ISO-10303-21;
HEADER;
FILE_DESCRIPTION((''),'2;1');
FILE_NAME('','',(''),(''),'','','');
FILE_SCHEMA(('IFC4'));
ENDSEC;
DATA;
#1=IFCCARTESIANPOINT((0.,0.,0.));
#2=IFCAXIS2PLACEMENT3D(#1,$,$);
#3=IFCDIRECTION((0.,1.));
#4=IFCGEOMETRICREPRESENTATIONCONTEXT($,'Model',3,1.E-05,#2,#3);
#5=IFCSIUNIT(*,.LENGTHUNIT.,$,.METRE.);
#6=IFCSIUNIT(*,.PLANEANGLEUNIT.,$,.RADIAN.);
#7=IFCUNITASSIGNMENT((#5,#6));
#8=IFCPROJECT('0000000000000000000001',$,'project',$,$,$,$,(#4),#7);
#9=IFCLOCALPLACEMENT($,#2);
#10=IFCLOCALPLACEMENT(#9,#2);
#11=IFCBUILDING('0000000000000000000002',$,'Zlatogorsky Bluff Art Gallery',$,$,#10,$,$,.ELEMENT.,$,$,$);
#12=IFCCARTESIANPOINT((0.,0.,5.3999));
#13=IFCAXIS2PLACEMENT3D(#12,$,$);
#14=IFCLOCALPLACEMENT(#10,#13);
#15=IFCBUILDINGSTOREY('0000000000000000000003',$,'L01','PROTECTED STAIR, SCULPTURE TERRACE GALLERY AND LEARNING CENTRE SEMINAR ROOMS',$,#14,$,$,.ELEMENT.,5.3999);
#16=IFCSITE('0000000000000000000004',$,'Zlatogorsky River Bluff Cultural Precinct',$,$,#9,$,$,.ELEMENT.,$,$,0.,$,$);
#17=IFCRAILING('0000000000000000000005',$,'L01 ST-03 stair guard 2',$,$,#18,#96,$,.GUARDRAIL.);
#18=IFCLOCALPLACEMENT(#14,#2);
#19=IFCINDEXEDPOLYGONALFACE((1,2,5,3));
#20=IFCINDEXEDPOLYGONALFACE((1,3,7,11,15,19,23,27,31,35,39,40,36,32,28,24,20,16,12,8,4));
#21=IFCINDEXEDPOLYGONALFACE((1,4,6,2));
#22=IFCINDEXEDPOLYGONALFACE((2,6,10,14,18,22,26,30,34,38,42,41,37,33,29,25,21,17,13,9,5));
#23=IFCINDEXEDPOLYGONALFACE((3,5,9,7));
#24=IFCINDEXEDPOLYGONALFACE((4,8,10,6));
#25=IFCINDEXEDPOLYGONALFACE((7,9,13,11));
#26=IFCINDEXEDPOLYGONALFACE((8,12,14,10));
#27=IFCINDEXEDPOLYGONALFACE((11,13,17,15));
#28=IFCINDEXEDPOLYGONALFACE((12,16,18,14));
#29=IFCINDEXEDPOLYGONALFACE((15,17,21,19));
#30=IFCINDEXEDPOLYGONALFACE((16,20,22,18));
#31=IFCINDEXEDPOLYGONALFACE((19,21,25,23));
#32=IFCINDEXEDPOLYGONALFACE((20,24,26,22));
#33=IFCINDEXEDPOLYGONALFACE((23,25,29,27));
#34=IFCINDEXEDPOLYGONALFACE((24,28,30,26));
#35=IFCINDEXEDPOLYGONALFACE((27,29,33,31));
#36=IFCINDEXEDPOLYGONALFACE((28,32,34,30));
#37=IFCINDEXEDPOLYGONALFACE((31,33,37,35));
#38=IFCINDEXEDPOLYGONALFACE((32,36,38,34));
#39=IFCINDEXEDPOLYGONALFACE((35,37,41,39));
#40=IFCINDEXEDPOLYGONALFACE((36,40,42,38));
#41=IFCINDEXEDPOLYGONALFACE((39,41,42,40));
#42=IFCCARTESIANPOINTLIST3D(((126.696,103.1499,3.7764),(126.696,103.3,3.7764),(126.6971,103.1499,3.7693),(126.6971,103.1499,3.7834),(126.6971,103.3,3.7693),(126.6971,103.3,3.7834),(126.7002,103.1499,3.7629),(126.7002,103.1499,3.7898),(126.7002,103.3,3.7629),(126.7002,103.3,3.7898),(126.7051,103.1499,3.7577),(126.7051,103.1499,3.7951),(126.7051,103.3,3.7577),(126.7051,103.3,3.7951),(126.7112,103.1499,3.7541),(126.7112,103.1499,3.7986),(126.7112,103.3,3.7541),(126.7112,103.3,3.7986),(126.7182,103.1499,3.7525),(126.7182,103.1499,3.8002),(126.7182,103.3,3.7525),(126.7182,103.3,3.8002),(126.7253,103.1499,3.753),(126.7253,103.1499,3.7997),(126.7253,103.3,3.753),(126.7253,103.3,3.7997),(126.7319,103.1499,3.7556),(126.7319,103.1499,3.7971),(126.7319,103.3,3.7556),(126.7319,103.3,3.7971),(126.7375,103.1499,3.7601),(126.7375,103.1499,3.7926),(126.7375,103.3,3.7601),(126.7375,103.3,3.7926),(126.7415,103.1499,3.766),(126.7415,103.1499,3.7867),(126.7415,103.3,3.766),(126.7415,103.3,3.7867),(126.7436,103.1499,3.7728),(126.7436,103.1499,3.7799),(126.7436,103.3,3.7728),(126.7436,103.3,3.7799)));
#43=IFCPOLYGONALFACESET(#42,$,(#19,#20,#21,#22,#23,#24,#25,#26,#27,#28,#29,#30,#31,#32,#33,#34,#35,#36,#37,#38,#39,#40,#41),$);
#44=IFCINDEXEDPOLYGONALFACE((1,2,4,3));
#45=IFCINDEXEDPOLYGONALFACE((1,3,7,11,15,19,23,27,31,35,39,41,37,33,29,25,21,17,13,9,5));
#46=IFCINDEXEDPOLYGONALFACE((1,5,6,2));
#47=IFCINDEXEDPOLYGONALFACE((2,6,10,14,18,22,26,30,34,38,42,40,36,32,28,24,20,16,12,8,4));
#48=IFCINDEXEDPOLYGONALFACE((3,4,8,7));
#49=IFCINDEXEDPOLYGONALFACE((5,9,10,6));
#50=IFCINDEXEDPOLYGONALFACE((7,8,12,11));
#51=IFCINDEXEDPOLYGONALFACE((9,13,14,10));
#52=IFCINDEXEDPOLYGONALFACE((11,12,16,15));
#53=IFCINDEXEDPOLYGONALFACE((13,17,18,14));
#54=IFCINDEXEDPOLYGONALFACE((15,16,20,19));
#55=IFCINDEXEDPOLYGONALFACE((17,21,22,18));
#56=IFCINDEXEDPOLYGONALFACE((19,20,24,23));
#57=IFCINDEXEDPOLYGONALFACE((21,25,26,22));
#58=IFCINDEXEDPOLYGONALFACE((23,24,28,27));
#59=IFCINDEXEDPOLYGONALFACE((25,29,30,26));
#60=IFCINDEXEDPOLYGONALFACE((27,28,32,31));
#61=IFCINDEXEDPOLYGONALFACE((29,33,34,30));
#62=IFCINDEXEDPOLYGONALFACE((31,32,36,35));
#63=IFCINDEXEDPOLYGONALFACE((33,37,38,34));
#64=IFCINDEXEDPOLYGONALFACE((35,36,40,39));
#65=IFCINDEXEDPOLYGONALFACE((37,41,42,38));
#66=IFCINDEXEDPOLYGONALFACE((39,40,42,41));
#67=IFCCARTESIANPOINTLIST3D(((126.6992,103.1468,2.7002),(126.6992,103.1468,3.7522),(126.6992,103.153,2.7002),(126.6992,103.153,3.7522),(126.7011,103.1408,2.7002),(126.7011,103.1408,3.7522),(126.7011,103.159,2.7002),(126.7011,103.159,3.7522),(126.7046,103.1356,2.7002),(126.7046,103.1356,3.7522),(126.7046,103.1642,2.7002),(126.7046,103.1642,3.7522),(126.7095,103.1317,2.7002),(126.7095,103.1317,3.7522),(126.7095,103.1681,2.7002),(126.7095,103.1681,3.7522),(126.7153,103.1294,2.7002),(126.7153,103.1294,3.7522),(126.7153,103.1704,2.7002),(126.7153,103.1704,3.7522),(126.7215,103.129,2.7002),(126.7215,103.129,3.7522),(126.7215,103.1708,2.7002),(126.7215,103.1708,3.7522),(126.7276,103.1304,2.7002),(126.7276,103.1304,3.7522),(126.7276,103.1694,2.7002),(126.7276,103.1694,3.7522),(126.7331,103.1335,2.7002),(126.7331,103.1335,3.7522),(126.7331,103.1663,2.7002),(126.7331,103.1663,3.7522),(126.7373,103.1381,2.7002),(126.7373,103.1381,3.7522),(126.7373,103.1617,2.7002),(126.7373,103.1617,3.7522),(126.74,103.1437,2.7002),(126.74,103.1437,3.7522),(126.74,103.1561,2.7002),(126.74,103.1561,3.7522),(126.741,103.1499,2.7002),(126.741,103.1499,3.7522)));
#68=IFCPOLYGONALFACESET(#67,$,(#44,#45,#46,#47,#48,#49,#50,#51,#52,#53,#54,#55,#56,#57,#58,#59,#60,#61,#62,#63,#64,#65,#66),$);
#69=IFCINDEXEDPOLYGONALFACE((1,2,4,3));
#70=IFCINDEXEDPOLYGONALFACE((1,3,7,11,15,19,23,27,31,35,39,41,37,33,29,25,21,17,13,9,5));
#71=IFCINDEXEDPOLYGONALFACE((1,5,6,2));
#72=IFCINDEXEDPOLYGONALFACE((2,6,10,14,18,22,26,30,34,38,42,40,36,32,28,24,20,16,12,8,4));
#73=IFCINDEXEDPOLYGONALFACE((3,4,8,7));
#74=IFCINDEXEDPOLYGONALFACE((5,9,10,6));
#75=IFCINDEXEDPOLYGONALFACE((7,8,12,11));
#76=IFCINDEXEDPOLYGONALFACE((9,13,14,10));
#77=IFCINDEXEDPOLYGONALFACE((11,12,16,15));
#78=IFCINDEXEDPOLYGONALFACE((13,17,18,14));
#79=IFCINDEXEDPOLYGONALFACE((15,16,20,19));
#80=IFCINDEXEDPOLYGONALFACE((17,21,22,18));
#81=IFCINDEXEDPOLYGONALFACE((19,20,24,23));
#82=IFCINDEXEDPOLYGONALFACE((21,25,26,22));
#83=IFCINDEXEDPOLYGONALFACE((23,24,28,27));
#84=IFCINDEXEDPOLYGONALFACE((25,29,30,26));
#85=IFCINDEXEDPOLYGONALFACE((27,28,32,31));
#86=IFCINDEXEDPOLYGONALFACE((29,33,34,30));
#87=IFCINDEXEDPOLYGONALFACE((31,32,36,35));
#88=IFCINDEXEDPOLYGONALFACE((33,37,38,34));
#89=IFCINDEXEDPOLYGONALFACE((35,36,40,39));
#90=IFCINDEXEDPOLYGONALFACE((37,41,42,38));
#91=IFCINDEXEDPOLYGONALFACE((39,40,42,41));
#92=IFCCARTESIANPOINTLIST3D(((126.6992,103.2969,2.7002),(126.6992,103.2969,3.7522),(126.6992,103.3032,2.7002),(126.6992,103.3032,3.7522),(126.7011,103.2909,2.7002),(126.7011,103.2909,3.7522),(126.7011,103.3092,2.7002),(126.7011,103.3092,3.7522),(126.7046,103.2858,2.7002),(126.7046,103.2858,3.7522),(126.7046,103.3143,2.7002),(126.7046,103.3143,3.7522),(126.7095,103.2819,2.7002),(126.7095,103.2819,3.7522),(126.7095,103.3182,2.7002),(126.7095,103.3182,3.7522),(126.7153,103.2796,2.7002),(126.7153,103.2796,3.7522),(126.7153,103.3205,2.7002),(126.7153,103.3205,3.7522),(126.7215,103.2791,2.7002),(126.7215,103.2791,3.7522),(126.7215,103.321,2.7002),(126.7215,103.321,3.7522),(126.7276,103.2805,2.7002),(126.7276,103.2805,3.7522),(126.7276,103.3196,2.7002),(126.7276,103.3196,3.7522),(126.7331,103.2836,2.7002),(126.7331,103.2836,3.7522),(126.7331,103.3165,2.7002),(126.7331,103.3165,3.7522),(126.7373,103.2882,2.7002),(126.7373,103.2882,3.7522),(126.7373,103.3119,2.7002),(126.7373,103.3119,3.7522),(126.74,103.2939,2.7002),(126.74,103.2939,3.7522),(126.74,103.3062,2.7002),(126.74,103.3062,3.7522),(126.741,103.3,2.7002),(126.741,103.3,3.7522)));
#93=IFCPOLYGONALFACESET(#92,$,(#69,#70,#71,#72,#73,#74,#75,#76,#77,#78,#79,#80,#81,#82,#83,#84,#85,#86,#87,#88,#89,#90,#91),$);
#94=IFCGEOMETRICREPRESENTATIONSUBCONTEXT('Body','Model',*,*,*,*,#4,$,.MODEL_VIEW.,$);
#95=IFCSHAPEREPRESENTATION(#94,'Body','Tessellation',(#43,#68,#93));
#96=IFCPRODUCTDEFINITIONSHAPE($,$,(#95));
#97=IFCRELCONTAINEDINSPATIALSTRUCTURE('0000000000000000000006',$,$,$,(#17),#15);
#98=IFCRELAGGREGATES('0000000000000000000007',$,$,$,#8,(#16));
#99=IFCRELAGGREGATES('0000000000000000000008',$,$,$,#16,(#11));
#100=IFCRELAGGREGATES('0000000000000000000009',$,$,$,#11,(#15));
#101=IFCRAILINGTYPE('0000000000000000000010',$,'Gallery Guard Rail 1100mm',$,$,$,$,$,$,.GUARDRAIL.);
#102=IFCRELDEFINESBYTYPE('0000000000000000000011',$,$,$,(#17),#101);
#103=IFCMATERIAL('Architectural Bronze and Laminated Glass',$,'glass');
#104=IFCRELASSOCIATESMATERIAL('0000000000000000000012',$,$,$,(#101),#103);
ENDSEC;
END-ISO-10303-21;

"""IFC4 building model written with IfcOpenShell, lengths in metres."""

from ifc_helpers import new_model, si_unit, direction, frame, origin, origin_2d, place, context, subcontext, project, spatial, circle, extrude, material, type_object, element, save


model = new_model("IFC4")

# Units and contexts
model_context = context("Model", 3, precision=1e-05, world=origin(), true_north=direction((0.0, 1.0)))
body_context = subcontext(model_context, "Body", "Model", "MODEL_VIEW")
ifc_project = project(units=[si_unit("LENGTHUNIT", "METRE"), si_unit("PLANEANGLEUNIT", "RADIAN")], contexts=[model_context])

# Site, building, storey
site_placement = place(None, origin())
site = spatial("IfcSite", under=ifc_project, at=site_placement, Name="Zlatogorsky River Bluff Cultural Precinct", CompositionType="ELEMENT", RefElevation=0.0)
building_placement = place(site_placement, origin())
building = spatial("IfcBuilding", under=site, at=building_placement, Name="Zlatogorsky Bluff Art Gallery", CompositionType="ELEMENT")
storey_placement = place(building_placement, frame((0.0, 0.0, 5.3999)))
storey = spatial("IfcBuildingStorey", under=building, at=storey_placement, Name="L01", Description="PROTECTED STAIR, SCULPTURE TERRACE GALLERY AND LEARNING CENTRE SEMINAR ROOMS", CompositionType="ELEMENT", Elevation=5.3999)

# Railing
ifc_material_1 = material(Name="Architectural Bronze and Laminated Glass", Category="glass")
railing_type_1 = type_object("IfcRailingType", Name="Gallery Guard Rail 1100mm", PredefinedType="GUARDRAIL", material=ifc_material_1)
railing_1_placement = place(storey_placement, frame((126.72, 103.1499, 2.7002)))
element("IfcRailing", 1, at=railing_1_placement, inside=storey, type_object=railing_type_1, Name="L01 ST-03 stair guard 2", PredefinedType="GUARDRAIL", context=body_context, shape_type="SweptSolid", body=[
    extrude(circle(Radius=0.0239, at=origin_2d()), frame((0.0, 0.0, 1.0762), z_axis=(0.0, 1.0, 0.0), x_axis=(-1.0, 0.0, 0.0)), (0.0, 0.0, 1.0), 0.1501),
    extrude(circle(Radius=0.021, at=origin_2d()), origin(), (0.0, 0.0, 1.0), 1.052),
    extrude(circle(Radius=0.021, at=origin_2d()), frame((0.0, 0.1501, 0.0)), (0.0, 0.0, 1.0), 1.052),
])

save(model, "model.ifc")
